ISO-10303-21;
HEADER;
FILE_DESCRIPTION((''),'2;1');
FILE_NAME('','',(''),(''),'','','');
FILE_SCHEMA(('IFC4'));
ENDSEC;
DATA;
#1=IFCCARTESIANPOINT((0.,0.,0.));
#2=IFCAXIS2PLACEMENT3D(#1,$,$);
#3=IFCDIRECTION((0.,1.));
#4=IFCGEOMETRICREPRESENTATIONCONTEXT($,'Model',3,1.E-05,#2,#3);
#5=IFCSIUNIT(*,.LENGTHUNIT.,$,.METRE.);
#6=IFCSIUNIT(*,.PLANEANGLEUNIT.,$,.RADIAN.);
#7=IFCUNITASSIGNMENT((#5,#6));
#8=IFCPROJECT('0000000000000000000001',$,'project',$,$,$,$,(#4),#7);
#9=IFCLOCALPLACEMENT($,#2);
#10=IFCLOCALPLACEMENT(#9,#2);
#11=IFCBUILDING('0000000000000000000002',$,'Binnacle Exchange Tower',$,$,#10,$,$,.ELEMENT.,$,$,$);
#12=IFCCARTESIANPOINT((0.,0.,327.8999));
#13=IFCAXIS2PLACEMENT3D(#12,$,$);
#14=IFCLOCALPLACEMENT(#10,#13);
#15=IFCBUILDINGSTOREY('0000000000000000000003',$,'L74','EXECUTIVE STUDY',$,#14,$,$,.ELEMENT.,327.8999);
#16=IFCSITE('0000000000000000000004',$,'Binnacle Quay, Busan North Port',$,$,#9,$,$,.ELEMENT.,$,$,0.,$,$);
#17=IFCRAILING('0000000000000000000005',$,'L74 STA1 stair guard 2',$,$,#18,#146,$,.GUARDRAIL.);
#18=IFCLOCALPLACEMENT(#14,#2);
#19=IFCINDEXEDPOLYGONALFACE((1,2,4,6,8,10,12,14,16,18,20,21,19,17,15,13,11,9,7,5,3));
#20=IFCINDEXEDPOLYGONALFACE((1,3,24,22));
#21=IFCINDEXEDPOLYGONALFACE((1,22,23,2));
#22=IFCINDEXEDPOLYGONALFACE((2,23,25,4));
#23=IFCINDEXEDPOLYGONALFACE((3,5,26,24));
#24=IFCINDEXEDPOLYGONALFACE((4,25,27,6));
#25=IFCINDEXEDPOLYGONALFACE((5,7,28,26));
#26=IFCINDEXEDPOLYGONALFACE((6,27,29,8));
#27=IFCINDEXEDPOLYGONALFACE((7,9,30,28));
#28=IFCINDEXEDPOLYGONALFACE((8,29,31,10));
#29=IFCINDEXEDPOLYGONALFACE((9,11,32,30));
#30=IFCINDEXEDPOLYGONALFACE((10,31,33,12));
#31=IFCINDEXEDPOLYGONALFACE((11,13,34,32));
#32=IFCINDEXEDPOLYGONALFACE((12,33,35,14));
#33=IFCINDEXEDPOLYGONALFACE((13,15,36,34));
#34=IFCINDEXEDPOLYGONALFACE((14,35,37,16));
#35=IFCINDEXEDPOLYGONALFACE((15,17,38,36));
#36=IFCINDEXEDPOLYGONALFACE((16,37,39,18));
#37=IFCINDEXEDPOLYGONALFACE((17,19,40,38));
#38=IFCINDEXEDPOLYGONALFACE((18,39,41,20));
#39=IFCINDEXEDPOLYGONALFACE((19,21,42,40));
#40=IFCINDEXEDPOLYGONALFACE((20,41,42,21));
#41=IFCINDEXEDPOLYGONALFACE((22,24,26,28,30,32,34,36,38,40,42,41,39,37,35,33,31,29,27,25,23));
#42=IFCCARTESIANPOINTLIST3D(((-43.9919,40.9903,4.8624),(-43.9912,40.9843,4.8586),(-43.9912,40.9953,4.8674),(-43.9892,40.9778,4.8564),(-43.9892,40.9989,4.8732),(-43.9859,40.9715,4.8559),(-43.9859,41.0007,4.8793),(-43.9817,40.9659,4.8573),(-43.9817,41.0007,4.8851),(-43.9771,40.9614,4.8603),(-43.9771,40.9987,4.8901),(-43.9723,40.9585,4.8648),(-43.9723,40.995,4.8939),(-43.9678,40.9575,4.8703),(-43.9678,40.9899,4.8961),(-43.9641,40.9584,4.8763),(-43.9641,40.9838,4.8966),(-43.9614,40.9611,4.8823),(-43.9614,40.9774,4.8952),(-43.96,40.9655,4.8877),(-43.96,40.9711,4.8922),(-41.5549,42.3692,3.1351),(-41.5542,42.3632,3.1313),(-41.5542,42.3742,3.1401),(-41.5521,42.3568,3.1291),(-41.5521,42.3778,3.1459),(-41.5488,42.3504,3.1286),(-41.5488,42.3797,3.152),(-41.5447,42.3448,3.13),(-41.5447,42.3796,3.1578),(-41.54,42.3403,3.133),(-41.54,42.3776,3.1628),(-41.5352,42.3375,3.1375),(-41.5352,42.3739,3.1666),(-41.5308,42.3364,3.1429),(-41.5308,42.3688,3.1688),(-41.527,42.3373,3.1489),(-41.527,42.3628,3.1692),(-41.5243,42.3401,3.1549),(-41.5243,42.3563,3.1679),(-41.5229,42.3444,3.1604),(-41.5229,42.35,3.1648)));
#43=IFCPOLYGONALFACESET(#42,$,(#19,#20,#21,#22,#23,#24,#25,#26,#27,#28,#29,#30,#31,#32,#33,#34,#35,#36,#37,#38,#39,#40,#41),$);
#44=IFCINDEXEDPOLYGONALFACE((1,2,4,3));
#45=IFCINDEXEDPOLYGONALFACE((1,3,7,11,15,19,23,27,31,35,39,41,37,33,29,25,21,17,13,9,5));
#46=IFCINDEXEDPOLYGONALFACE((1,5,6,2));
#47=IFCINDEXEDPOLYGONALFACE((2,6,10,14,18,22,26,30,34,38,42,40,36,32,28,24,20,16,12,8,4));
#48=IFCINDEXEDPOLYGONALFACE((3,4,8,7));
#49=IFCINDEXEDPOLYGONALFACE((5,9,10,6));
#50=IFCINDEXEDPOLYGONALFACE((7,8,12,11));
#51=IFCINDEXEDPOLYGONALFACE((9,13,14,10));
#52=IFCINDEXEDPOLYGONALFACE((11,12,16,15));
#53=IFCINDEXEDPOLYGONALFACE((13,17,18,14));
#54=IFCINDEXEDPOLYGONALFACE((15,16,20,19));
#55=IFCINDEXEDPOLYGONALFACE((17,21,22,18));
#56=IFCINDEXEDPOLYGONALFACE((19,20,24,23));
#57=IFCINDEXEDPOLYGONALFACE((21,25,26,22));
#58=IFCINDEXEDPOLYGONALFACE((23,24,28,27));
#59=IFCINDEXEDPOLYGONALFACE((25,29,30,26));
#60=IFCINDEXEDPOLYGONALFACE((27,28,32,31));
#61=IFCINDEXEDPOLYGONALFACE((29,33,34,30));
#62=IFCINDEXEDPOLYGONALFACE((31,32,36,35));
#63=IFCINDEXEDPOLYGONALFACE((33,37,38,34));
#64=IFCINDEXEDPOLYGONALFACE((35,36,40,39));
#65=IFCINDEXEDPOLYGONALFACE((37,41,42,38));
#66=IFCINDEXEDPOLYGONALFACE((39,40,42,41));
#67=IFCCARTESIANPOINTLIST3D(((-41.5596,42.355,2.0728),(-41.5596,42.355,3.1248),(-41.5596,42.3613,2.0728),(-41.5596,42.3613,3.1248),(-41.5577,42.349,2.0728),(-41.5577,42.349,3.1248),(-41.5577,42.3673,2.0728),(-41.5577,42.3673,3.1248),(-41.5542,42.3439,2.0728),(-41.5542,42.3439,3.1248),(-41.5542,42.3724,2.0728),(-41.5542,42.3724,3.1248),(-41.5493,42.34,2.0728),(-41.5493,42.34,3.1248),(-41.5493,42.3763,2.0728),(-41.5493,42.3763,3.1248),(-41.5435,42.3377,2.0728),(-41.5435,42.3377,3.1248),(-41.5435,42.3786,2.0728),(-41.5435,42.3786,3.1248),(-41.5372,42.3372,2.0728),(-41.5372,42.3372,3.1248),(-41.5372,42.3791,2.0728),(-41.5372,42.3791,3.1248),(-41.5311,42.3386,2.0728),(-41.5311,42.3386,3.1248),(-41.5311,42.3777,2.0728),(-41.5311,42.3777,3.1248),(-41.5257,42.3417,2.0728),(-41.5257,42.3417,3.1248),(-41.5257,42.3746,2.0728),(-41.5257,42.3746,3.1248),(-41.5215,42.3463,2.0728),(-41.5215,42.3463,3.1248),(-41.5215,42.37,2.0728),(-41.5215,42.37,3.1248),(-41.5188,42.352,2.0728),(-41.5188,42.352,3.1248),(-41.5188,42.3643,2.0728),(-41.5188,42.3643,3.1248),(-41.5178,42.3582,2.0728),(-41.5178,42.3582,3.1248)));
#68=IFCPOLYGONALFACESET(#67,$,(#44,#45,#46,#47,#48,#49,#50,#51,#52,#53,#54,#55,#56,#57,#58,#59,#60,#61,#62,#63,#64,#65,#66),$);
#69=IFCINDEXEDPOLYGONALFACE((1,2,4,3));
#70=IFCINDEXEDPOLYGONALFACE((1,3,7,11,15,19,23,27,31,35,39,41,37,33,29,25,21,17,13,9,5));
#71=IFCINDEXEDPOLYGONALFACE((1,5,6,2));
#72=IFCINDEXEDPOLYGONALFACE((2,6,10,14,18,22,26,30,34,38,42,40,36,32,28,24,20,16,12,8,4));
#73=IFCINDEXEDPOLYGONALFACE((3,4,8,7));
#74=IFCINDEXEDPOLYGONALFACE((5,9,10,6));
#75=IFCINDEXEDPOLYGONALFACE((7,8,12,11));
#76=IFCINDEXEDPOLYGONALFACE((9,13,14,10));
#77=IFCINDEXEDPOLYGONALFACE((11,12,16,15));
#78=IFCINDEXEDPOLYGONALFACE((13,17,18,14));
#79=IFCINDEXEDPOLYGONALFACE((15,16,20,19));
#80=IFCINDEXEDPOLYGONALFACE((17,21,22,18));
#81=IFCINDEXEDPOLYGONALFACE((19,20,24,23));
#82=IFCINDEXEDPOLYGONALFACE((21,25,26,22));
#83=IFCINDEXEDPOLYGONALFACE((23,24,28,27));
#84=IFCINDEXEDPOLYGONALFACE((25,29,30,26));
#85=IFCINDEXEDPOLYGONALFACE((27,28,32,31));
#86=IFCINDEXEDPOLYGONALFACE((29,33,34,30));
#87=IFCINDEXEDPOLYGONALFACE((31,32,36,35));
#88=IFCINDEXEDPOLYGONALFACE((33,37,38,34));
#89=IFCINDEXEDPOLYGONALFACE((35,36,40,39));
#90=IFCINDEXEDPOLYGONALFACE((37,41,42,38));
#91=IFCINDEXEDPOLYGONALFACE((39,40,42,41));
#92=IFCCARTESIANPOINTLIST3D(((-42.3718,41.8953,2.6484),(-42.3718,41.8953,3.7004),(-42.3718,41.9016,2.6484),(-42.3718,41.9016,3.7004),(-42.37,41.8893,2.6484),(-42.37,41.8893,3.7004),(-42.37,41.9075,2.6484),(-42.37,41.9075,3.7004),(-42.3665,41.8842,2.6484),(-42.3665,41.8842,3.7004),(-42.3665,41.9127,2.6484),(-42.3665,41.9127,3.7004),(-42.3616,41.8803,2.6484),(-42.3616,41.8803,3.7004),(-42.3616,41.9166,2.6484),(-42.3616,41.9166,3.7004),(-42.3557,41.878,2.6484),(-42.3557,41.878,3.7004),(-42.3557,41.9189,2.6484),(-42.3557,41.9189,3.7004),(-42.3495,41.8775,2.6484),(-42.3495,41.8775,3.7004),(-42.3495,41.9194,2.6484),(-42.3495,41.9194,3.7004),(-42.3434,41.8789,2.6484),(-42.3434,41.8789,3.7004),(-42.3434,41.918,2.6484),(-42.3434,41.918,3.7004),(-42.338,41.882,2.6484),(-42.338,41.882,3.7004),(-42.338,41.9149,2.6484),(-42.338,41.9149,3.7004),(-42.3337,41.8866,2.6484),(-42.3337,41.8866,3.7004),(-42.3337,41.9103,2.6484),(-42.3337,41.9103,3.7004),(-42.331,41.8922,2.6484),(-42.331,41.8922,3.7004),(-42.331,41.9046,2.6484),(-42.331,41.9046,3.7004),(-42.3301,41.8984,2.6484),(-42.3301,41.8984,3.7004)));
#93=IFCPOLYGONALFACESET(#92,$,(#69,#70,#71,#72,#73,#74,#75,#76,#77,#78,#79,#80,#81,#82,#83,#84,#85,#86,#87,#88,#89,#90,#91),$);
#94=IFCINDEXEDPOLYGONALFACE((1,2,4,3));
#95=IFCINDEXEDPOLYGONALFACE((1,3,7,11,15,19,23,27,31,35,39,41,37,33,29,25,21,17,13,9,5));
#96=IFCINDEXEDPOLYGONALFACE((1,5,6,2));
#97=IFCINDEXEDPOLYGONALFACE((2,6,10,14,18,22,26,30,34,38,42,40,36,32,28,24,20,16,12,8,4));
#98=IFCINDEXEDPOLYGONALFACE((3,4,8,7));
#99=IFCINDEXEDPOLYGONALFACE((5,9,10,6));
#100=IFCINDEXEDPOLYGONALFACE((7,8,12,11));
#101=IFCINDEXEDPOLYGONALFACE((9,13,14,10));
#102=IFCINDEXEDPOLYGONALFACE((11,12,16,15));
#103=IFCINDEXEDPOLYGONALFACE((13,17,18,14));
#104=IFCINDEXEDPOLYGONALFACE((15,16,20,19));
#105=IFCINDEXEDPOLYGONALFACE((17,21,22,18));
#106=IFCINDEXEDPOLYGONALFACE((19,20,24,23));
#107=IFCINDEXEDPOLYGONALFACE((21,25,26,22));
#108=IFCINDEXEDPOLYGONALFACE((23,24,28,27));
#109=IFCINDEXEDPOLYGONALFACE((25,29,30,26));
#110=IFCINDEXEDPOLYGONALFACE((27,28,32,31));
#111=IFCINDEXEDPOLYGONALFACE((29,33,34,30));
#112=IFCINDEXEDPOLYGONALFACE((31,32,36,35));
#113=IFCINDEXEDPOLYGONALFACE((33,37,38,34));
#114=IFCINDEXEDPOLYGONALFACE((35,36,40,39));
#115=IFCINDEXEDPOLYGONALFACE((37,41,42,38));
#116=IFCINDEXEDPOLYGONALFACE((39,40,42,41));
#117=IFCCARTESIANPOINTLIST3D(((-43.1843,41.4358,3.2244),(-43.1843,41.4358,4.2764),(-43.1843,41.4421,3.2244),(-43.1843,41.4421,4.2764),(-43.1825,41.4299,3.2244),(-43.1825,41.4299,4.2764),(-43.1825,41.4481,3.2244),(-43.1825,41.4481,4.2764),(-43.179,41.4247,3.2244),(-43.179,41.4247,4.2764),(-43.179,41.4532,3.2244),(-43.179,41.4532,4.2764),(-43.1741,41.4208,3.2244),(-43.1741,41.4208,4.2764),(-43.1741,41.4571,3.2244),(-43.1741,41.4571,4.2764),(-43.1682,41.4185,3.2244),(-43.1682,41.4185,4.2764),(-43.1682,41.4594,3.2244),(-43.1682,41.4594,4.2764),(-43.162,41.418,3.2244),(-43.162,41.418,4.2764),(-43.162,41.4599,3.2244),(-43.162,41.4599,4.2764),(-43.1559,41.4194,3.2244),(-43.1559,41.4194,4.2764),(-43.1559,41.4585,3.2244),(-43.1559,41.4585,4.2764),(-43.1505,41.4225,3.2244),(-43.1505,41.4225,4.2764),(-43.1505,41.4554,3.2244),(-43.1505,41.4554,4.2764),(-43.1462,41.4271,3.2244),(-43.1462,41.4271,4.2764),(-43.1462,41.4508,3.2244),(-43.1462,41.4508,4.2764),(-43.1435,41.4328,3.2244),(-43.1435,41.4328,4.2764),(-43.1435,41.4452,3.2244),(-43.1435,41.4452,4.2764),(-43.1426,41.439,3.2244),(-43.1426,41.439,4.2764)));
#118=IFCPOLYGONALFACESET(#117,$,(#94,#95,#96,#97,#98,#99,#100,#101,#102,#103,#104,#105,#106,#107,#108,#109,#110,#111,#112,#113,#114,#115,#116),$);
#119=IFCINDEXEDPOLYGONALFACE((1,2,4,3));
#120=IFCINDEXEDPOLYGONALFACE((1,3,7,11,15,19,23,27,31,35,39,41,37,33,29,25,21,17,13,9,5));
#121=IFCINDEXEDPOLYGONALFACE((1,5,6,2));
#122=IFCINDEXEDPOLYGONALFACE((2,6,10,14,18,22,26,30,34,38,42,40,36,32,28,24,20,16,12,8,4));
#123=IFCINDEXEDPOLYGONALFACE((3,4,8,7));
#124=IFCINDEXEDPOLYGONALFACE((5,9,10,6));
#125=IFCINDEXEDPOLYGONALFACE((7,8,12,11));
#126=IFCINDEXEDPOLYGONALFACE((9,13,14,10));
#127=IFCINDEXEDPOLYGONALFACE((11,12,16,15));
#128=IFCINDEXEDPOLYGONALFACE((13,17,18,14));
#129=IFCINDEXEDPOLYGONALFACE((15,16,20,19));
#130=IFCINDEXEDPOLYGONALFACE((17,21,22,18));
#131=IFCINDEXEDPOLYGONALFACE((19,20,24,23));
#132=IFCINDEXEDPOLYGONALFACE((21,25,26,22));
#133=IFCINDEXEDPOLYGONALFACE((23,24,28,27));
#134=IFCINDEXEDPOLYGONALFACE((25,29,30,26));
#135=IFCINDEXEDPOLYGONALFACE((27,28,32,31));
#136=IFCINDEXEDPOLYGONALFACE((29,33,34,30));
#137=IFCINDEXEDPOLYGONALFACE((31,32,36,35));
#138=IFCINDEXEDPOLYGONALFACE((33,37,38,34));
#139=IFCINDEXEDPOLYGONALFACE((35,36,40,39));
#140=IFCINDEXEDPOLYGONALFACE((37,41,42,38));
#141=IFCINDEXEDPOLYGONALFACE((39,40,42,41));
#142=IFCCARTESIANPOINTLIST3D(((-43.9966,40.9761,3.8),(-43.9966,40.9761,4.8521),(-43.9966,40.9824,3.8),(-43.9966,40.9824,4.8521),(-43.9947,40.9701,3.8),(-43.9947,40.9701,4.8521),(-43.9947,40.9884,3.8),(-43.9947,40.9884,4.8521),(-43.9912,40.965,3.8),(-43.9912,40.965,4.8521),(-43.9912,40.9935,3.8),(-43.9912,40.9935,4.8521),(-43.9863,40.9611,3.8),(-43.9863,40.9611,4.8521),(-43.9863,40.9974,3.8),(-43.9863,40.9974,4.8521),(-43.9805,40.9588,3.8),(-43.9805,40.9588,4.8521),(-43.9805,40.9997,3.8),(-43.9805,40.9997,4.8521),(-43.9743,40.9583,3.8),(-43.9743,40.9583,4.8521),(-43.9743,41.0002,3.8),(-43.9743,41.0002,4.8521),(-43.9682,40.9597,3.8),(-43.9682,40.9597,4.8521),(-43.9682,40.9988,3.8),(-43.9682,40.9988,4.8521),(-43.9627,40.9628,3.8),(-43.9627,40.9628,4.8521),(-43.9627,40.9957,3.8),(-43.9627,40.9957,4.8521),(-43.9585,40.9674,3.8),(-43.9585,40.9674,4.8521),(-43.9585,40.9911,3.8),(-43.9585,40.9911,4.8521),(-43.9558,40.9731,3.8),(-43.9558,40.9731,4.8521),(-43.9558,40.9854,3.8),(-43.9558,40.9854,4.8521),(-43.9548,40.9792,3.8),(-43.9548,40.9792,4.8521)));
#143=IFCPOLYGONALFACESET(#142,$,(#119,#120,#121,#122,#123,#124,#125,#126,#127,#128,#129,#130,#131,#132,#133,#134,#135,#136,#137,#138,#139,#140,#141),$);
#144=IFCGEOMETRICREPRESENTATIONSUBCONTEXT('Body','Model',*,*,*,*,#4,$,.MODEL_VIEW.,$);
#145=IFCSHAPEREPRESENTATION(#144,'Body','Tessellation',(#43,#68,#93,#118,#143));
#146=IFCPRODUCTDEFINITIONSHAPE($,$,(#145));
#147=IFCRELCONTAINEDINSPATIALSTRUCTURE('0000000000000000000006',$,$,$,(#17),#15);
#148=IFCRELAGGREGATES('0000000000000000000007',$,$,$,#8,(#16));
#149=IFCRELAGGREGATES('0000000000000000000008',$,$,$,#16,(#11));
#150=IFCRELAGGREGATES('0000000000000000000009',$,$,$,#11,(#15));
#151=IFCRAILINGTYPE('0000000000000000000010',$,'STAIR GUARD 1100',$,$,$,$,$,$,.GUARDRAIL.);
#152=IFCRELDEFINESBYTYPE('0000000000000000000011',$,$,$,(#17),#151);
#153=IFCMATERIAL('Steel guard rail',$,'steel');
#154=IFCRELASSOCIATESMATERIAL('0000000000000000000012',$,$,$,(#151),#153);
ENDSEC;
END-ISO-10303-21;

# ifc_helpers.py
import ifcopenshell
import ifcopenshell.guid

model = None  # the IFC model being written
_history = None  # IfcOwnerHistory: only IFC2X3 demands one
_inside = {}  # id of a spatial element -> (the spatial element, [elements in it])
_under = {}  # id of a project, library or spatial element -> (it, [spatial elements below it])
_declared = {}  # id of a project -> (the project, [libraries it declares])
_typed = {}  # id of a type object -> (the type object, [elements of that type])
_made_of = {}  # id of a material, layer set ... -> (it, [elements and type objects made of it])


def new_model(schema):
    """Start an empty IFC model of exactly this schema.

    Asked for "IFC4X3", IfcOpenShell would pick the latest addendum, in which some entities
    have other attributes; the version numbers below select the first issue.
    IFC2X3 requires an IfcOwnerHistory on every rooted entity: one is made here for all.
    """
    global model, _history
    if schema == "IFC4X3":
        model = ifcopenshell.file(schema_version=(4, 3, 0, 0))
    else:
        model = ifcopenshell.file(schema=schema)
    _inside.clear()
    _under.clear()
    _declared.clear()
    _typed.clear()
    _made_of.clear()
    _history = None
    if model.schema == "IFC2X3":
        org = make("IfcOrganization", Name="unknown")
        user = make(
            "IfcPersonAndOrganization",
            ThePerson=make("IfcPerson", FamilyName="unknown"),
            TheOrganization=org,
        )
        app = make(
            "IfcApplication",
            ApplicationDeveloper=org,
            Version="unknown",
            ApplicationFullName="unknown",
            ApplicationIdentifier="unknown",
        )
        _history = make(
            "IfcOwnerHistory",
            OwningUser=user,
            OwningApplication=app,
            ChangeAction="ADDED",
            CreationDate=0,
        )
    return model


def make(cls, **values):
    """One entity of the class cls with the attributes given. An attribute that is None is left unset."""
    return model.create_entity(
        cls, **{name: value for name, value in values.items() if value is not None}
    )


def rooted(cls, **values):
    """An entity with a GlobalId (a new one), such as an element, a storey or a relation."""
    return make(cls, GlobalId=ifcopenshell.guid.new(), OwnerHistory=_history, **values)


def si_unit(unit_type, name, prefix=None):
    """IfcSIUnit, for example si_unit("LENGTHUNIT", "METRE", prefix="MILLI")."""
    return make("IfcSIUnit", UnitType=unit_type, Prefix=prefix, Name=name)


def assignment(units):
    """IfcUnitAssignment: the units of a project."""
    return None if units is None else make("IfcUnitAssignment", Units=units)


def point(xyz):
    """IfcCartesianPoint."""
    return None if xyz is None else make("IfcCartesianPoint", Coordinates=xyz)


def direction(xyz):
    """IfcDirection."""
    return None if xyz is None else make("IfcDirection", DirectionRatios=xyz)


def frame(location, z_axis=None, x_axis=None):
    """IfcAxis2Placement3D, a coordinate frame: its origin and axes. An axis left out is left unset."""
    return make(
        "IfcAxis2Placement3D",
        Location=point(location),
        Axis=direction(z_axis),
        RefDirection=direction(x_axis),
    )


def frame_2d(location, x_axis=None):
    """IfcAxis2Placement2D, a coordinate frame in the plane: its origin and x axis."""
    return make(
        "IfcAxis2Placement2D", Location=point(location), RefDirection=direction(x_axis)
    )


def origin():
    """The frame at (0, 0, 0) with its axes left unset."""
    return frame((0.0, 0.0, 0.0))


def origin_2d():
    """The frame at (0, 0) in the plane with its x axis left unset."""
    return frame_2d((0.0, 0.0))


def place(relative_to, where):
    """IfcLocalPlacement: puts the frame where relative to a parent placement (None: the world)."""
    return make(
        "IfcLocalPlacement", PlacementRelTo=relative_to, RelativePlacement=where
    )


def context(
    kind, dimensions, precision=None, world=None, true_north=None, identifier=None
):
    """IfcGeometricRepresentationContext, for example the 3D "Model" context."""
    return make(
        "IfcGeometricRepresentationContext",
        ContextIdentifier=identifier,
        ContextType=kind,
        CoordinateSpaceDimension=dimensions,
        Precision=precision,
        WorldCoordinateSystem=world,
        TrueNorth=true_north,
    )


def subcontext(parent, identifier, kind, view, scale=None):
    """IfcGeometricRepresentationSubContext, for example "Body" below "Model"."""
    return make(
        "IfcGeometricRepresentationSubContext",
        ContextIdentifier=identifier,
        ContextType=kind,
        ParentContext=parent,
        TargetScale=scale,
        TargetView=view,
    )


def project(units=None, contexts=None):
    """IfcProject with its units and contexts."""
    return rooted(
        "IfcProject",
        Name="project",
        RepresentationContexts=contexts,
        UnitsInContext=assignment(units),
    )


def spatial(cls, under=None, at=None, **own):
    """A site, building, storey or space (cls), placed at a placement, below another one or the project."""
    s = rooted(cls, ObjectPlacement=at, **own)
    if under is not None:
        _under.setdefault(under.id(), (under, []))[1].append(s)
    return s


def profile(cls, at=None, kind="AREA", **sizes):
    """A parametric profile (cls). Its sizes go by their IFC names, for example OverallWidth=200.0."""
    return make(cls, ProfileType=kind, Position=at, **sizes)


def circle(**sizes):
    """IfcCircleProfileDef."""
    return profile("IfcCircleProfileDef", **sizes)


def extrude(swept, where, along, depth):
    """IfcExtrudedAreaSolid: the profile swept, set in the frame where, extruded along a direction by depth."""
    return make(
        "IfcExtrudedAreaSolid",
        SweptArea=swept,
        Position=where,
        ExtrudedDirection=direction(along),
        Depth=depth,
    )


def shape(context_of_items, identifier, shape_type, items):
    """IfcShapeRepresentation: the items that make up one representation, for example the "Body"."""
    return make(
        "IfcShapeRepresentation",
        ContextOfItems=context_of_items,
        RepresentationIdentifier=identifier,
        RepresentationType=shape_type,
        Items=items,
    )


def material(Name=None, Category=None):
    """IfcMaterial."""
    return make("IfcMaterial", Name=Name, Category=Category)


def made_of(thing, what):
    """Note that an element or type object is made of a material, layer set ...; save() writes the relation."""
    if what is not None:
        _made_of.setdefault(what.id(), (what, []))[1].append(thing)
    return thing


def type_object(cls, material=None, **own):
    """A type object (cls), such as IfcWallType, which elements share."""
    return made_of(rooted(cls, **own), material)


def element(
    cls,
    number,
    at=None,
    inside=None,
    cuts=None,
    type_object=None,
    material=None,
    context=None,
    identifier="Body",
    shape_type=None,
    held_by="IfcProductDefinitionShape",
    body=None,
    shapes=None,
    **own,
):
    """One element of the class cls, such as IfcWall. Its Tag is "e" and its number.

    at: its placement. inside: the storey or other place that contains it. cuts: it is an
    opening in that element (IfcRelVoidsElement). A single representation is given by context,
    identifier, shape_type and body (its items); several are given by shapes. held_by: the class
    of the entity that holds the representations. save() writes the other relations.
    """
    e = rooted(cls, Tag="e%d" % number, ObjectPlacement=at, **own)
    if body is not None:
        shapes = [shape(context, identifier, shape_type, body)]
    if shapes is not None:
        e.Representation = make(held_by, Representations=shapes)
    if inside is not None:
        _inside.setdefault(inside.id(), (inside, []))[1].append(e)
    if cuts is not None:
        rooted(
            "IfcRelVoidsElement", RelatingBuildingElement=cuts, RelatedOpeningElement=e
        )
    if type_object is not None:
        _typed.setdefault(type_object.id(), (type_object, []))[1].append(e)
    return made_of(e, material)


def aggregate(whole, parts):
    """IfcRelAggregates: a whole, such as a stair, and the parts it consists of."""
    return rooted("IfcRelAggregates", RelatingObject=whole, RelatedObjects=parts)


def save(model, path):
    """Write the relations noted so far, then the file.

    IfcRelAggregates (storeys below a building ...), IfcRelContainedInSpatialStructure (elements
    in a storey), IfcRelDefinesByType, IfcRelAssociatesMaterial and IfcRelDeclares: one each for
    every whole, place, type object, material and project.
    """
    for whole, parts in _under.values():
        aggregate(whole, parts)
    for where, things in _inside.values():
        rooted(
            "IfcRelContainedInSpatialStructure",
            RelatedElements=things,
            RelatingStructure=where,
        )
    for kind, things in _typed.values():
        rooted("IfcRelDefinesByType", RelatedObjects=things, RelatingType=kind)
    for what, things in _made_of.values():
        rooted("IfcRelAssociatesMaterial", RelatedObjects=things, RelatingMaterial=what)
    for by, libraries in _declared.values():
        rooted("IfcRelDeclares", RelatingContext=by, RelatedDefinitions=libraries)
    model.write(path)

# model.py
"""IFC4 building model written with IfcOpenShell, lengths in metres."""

from ifc_helpers import new_model, si_unit, direction, frame, origin, origin_2d, place, context, subcontext, project, spatial, circle, extrude, material, type_object, element, save


model = new_model("IFC4")

# Units and contexts
model_context = context("Model", 3, precision=1e-05, world=origin(), true_north=direction((0.0, 1.0)))
body_context = subcontext(model_context, "Body", "Model", "MODEL_VIEW")
ifc_project = project(units=[si_unit("LENGTHUNIT", "METRE"), si_unit("PLANEANGLEUNIT", "RADIAN")], contexts=[model_context])

# Site, building, storey
site_placement = place(None, origin())
site = spatial("IfcSite", under=ifc_project, at=site_placement, Name="Binnacle Quay, Busan North Port", CompositionType="ELEMENT", RefElevation=0.0)
building_placement = place(site_placement, origin())
building = spatial("IfcBuilding", under=site, at=building_placement, Name="Binnacle Exchange Tower", CompositionType="ELEMENT")
storey_placement = place(building_placement, frame((0.0, 0.0, 327.8999)))
storey = spatial("IfcBuildingStorey", under=building, at=storey_placement, Name="L74", Description="EXECUTIVE STUDY", CompositionType="ELEMENT", Elevation=327.8999)

# Railing
ifc_material_1 = material(Name="Steel guard rail", Category="steel")
railing_type_1 = type_object("IfcRailingType", Name="STAIR GUARD 1100", PredefinedType="GUARDRAIL", material=ifc_material_1)
railing_1_placement = place(storey_placement, frame((-41.5388, 42.3582, 2.0728)))
element("IfcRailing", 1, at=railing_1_placement, inside=storey, type_object=railing_type_1, Name="L74 STA1 stair guard 2", PredefinedType="GUARDRAIL", context=body_context, shape_type="SweptSolid", body=[
    extrude(circle(Radius=0.0239, at=origin_2d()), frame((0.0, 0.0, 1.0762), z_axis=(-0.740738, -0.419123, 0.525017), x_axis=(0.492454, -0.870339, 0.0)), (0.0, 0.0, 1.0), 3.29),
    extrude(circle(Radius=0.021, at=origin_2d()), origin(), (0.0, 0.0, 1.0), 1.052),
    extrude(circle(Radius=0.021, at=origin_2d()), frame((-0.8123, -0.4597, 0.5757)), (0.0, 0.0, 1.0), 1.052),
    extrude(circle(Radius=0.021, at=origin_2d()), frame((-1.6248, -0.9192, 1.1516)), (0.0, 0.0, 1.0), 1.052),
    extrude(circle(Radius=0.021, at=origin_2d()), frame((-2.437, -1.3789, 1.7273)), (0.0, 0.0, 1.0), 1.052),
])

save(model, "model.ifc")
